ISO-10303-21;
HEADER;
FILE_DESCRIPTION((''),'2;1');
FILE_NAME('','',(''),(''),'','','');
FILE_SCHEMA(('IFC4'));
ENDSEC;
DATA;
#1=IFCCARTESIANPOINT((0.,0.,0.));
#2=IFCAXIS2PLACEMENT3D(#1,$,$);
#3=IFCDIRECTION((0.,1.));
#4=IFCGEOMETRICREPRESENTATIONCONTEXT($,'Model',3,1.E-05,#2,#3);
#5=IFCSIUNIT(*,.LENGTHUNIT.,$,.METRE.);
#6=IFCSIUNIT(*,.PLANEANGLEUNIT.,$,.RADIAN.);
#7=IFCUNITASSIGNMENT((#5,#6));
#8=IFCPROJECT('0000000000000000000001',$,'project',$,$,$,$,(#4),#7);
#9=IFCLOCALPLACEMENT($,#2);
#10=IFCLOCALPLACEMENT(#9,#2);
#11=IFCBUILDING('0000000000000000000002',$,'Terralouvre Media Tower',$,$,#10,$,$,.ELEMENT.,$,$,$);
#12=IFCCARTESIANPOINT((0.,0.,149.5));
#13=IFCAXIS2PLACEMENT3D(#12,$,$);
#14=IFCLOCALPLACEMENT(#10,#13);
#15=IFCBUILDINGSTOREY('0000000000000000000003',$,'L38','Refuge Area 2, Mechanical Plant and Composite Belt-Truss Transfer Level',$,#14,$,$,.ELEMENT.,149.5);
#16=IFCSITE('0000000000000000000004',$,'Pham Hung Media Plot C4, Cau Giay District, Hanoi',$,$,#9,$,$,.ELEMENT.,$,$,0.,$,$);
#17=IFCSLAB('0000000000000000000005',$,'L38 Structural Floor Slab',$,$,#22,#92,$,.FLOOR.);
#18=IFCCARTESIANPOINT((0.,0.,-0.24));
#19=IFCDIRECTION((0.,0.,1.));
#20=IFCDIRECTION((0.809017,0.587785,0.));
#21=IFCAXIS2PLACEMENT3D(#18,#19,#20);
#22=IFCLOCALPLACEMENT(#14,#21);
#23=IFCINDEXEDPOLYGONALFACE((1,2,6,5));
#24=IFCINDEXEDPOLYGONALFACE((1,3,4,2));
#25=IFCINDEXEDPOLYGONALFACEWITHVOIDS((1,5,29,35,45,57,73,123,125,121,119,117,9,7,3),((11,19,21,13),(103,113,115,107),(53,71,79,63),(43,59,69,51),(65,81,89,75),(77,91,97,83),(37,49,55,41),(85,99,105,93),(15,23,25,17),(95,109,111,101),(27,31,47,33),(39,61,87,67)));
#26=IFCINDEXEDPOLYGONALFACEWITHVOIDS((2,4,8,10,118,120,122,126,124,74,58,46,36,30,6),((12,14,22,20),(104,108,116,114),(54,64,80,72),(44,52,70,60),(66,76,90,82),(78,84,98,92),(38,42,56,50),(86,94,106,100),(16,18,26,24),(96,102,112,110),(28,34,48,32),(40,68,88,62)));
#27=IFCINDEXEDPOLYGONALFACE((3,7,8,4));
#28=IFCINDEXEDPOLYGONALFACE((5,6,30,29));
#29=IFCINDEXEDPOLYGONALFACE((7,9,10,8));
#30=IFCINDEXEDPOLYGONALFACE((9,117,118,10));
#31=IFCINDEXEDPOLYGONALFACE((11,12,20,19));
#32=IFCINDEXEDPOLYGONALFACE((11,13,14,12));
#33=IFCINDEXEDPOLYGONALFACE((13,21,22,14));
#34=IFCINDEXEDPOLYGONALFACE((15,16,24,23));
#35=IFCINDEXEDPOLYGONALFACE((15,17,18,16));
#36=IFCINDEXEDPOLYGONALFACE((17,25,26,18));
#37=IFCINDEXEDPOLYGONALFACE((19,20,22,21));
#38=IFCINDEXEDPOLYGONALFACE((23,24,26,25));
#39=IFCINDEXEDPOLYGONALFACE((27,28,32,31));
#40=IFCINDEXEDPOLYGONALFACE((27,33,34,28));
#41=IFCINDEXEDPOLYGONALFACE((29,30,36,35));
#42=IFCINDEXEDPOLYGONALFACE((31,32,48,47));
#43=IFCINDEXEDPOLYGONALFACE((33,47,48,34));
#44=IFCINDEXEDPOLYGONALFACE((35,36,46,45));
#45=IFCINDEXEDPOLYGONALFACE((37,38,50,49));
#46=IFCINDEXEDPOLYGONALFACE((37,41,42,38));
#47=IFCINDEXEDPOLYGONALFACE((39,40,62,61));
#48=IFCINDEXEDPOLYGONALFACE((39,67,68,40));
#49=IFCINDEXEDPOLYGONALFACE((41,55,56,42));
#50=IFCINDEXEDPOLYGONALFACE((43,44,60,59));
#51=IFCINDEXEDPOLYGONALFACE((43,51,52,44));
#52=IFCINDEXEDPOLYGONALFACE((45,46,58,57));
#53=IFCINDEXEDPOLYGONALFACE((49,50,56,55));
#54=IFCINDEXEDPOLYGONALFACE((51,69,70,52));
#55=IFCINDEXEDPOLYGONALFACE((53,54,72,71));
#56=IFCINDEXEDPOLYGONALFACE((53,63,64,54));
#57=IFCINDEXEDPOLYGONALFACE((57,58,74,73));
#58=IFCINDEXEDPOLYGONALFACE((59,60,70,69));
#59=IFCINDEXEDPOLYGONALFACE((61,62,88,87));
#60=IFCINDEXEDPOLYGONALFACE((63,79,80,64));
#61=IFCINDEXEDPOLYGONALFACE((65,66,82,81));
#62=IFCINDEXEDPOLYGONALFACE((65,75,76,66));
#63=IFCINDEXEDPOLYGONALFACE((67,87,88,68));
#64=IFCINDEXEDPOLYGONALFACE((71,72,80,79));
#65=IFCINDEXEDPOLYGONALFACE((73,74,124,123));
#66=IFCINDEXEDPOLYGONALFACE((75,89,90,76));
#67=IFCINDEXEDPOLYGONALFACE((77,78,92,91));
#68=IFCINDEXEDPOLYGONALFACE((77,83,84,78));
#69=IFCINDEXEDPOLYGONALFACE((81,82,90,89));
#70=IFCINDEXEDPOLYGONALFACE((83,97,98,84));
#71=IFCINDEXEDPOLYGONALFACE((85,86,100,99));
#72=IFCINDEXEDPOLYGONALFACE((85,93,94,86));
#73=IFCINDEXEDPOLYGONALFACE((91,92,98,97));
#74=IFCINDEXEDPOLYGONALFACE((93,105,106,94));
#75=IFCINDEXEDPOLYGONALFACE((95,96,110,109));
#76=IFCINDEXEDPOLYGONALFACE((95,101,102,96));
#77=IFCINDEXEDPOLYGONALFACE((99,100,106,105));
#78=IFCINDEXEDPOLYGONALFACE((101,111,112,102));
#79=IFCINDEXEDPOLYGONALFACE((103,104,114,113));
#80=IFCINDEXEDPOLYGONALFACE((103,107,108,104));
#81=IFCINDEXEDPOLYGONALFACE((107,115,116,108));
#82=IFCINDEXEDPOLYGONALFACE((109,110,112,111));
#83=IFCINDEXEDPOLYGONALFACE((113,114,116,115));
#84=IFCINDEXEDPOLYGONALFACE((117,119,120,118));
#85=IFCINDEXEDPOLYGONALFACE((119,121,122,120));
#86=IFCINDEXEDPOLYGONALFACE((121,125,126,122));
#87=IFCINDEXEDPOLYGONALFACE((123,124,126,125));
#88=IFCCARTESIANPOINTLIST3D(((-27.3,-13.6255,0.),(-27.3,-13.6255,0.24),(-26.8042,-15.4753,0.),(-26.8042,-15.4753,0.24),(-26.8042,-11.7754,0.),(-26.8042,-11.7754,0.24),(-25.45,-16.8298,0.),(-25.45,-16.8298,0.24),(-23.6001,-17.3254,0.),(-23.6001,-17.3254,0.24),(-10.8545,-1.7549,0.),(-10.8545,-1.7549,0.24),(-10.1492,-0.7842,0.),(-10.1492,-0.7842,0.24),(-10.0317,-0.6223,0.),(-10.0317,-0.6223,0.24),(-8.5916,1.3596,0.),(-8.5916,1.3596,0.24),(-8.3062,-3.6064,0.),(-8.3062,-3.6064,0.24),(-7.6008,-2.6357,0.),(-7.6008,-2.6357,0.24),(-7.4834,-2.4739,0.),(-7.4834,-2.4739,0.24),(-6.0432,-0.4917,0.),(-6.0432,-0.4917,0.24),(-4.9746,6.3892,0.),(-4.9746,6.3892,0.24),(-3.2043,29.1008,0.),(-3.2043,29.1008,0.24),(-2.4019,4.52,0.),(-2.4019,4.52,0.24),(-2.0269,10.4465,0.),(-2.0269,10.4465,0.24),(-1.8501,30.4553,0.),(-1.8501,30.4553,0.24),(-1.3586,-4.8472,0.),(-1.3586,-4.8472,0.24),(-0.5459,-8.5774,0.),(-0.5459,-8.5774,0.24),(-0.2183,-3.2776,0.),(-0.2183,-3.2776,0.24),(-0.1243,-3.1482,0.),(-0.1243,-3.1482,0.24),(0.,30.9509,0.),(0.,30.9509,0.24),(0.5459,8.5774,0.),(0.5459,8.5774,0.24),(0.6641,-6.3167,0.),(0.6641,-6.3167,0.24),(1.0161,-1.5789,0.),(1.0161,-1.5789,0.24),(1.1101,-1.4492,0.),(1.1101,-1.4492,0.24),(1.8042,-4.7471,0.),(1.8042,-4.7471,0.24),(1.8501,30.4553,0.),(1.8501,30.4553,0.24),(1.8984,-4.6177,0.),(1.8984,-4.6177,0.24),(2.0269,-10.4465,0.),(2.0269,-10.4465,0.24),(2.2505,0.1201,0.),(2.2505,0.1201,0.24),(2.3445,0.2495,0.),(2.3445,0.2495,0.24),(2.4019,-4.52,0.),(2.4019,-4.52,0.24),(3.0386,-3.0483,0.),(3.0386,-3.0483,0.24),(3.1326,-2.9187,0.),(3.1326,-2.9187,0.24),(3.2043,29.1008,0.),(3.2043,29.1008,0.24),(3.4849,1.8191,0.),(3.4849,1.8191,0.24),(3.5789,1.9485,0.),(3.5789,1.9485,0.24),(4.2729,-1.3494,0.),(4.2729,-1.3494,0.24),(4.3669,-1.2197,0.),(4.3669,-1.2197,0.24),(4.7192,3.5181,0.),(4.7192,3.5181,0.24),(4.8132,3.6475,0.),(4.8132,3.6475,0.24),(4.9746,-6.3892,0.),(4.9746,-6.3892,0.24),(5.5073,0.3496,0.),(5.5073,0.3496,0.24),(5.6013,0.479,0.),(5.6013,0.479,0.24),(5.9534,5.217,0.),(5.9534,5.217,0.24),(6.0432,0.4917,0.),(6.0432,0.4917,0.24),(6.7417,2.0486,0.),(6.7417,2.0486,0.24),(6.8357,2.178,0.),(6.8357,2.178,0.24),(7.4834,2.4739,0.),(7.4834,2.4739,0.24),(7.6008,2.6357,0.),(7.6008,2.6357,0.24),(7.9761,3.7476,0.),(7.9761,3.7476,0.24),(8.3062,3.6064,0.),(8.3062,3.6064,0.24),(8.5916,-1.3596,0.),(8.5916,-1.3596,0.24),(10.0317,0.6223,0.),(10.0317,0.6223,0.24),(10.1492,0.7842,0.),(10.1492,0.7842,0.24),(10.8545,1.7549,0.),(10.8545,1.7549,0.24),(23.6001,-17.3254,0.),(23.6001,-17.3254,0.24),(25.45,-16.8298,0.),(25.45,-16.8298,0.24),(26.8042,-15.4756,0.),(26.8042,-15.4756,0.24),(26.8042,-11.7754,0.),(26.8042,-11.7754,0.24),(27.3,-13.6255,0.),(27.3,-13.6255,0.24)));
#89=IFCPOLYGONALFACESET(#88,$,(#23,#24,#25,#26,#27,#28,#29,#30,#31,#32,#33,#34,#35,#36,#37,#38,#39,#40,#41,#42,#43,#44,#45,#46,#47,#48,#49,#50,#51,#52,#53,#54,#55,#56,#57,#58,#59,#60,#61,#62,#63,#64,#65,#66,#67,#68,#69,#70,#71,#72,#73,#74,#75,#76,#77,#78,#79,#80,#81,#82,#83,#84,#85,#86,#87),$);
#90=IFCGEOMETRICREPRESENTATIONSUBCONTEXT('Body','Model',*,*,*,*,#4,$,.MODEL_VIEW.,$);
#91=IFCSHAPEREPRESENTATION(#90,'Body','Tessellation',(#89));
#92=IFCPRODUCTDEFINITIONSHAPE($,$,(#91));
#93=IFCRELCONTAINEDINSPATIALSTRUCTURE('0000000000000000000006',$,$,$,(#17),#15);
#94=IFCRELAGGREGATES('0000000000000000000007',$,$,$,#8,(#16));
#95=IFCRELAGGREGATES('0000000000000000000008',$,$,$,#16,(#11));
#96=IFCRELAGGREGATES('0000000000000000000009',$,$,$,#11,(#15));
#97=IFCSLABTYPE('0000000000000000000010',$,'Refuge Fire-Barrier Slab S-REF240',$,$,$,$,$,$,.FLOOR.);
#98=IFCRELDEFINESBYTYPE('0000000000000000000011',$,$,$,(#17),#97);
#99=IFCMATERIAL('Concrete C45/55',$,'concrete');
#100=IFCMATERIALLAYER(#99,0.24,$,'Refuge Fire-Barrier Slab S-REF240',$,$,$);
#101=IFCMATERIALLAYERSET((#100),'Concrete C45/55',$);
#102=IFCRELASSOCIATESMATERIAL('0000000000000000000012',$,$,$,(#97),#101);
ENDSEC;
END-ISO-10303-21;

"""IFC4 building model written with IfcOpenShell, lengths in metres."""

from ifc_helpers import new_model, si_unit, direction, frame, origin, place, context, subcontext, project, spatial, polyline, outline, extrude, material, layer, layer_set, type_object, element, save


model = new_model("IFC4")

# Units and contexts
model_context = context("Model", 3, precision=1e-05, world=origin(), true_north=direction((0.0, 1.0)))
body_context = subcontext(model_context, "Body", "Model", "MODEL_VIEW")
ifc_project = project(units=[si_unit("LENGTHUNIT", "METRE"), si_unit("PLANEANGLEUNIT", "RADIAN")], contexts=[model_context])

# Site, building, storey
site_placement = place(None, origin())
site = spatial("IfcSite", under=ifc_project, at=site_placement, Name="Pham Hung Media Plot C4, Cau Giay District, Hanoi", CompositionType="ELEMENT", RefElevation=0.0)
building_placement = place(site_placement, origin())
building = spatial("IfcBuilding", under=site, at=building_placement, Name="Terralouvre Media Tower", CompositionType="ELEMENT")
storey_placement = place(building_placement, frame((0.0, 0.0, 149.5)))
storey = spatial("IfcBuildingStorey", under=building, at=storey_placement, Name="L38", Description="Refuge Area 2, Mechanical Plant and Composite Belt-Truss Transfer Level", CompositionType="ELEMENT", Elevation=149.5)

# Slab
ifc_material_1 = material(Name="Concrete C45/55", Category="concrete")
ifc_layer_1 = layer(ifc_material_1, 0.24, Name="Refuge Fire-Barrier Slab S-REF240")
ifc_layer_set_1 = layer_set([ifc_layer_1], Name="Concrete C45/55")
slab_type = type_object("IfcSlabType", Name="Refuge Fire-Barrier Slab S-REF240", PredefinedType="FLOOR", material=ifc_layer_set_1)
slab_placement = place(storey_placement, frame((0.0, 0.0, -0.24), z_axis=(0.0, 0.0, 1.0), x_axis=(0.809017, 0.587785, 0.0)))
element("IfcSlab", 1, at=slab_placement, inside=storey, type_object=slab_type, Name="L38 Structural Floor Slab", PredefinedType="FLOOR", context=body_context, shape_type="SweptSolid", body=[
    extrude(outline(polyline([(-26.8042, -11.7754), (-27.3, -13.6255), (-26.8042, -15.4753), (-25.45, -16.8298), (-23.6001, -17.3254), (23.6001, -17.3254), (25.45, -16.8298), (26.8042, -15.4756), (27.3, -13.6255), (26.8042, -11.7754), (3.2043, 29.1008), (1.8501, 30.4553), (0.0, 30.9509), (-1.8501, 30.4553), (-3.2043, 29.1008), (-26.8042, -11.7754)]), holes=[polyline([(-7.6008, -2.6357), (-8.3062, -3.6064), (-10.8545, -1.7549), (-10.1492, -0.7842), (-7.6008, -2.6357)]), polyline([(-7.4834, -2.4739), (-10.0317, -0.6223), (-8.5916, 1.3596), (-6.0432, -0.4917), (-7.4834, -2.4739)]), polyline([(4.3669, -1.2197), (2.3445, 0.2495), (3.4849, 1.8191), (5.5073, 0.3496), (4.3669, -1.2197)]), polyline([(6.7417, 2.0486), (5.6013, 0.479), (3.5789, 1.9485), (4.7192, 3.5181), (6.7417, 2.0486)]), polyline([(-2.4019, 4.52), (-4.9746, 6.3892), (-2.0269, 10.4465), (0.5459, 8.5774), (-2.4019, 4.52)]), polyline([(6.8357, 2.178), (4.8132, 3.6475), (5.9534, 5.217), (7.9761, 3.7476), (6.8357, 2.178)]), polyline([(-0.5459, -8.5774), (2.4019, -4.52), (4.9746, -6.3892), (2.0269, -10.4465), (-0.5459, -8.5774)]), polyline([(0.6641, -6.3167), (-1.3586, -4.8472), (-0.2183, -3.2776), (1.8042, -4.7471), (0.6641, -6.3167)]), polyline([(1.8984, -4.6177), (-0.1243, -3.1482), (1.0161, -1.5789), (3.0386, -3.0483), (1.8984, -4.6177)]), polyline([(4.2729, -1.3494), (3.1326, -2.9187), (1.1101, -1.4492), (2.2505, 0.1201), (4.2729, -1.3494)]), polyline([(8.5916, -1.3596), (6.0432, 0.4917), (7.4834, 2.4739), (10.0317, 0.6223), (8.5916, -1.3596)]), polyline([(10.1492, 0.7842), (7.6008, 2.6357), (8.3062, 3.6064), (10.8545, 1.7549), (10.1492, 0.7842)])]), origin(), (0.0, 0.0, 1.0), 0.24),
])

save(model, "model.ifc")
